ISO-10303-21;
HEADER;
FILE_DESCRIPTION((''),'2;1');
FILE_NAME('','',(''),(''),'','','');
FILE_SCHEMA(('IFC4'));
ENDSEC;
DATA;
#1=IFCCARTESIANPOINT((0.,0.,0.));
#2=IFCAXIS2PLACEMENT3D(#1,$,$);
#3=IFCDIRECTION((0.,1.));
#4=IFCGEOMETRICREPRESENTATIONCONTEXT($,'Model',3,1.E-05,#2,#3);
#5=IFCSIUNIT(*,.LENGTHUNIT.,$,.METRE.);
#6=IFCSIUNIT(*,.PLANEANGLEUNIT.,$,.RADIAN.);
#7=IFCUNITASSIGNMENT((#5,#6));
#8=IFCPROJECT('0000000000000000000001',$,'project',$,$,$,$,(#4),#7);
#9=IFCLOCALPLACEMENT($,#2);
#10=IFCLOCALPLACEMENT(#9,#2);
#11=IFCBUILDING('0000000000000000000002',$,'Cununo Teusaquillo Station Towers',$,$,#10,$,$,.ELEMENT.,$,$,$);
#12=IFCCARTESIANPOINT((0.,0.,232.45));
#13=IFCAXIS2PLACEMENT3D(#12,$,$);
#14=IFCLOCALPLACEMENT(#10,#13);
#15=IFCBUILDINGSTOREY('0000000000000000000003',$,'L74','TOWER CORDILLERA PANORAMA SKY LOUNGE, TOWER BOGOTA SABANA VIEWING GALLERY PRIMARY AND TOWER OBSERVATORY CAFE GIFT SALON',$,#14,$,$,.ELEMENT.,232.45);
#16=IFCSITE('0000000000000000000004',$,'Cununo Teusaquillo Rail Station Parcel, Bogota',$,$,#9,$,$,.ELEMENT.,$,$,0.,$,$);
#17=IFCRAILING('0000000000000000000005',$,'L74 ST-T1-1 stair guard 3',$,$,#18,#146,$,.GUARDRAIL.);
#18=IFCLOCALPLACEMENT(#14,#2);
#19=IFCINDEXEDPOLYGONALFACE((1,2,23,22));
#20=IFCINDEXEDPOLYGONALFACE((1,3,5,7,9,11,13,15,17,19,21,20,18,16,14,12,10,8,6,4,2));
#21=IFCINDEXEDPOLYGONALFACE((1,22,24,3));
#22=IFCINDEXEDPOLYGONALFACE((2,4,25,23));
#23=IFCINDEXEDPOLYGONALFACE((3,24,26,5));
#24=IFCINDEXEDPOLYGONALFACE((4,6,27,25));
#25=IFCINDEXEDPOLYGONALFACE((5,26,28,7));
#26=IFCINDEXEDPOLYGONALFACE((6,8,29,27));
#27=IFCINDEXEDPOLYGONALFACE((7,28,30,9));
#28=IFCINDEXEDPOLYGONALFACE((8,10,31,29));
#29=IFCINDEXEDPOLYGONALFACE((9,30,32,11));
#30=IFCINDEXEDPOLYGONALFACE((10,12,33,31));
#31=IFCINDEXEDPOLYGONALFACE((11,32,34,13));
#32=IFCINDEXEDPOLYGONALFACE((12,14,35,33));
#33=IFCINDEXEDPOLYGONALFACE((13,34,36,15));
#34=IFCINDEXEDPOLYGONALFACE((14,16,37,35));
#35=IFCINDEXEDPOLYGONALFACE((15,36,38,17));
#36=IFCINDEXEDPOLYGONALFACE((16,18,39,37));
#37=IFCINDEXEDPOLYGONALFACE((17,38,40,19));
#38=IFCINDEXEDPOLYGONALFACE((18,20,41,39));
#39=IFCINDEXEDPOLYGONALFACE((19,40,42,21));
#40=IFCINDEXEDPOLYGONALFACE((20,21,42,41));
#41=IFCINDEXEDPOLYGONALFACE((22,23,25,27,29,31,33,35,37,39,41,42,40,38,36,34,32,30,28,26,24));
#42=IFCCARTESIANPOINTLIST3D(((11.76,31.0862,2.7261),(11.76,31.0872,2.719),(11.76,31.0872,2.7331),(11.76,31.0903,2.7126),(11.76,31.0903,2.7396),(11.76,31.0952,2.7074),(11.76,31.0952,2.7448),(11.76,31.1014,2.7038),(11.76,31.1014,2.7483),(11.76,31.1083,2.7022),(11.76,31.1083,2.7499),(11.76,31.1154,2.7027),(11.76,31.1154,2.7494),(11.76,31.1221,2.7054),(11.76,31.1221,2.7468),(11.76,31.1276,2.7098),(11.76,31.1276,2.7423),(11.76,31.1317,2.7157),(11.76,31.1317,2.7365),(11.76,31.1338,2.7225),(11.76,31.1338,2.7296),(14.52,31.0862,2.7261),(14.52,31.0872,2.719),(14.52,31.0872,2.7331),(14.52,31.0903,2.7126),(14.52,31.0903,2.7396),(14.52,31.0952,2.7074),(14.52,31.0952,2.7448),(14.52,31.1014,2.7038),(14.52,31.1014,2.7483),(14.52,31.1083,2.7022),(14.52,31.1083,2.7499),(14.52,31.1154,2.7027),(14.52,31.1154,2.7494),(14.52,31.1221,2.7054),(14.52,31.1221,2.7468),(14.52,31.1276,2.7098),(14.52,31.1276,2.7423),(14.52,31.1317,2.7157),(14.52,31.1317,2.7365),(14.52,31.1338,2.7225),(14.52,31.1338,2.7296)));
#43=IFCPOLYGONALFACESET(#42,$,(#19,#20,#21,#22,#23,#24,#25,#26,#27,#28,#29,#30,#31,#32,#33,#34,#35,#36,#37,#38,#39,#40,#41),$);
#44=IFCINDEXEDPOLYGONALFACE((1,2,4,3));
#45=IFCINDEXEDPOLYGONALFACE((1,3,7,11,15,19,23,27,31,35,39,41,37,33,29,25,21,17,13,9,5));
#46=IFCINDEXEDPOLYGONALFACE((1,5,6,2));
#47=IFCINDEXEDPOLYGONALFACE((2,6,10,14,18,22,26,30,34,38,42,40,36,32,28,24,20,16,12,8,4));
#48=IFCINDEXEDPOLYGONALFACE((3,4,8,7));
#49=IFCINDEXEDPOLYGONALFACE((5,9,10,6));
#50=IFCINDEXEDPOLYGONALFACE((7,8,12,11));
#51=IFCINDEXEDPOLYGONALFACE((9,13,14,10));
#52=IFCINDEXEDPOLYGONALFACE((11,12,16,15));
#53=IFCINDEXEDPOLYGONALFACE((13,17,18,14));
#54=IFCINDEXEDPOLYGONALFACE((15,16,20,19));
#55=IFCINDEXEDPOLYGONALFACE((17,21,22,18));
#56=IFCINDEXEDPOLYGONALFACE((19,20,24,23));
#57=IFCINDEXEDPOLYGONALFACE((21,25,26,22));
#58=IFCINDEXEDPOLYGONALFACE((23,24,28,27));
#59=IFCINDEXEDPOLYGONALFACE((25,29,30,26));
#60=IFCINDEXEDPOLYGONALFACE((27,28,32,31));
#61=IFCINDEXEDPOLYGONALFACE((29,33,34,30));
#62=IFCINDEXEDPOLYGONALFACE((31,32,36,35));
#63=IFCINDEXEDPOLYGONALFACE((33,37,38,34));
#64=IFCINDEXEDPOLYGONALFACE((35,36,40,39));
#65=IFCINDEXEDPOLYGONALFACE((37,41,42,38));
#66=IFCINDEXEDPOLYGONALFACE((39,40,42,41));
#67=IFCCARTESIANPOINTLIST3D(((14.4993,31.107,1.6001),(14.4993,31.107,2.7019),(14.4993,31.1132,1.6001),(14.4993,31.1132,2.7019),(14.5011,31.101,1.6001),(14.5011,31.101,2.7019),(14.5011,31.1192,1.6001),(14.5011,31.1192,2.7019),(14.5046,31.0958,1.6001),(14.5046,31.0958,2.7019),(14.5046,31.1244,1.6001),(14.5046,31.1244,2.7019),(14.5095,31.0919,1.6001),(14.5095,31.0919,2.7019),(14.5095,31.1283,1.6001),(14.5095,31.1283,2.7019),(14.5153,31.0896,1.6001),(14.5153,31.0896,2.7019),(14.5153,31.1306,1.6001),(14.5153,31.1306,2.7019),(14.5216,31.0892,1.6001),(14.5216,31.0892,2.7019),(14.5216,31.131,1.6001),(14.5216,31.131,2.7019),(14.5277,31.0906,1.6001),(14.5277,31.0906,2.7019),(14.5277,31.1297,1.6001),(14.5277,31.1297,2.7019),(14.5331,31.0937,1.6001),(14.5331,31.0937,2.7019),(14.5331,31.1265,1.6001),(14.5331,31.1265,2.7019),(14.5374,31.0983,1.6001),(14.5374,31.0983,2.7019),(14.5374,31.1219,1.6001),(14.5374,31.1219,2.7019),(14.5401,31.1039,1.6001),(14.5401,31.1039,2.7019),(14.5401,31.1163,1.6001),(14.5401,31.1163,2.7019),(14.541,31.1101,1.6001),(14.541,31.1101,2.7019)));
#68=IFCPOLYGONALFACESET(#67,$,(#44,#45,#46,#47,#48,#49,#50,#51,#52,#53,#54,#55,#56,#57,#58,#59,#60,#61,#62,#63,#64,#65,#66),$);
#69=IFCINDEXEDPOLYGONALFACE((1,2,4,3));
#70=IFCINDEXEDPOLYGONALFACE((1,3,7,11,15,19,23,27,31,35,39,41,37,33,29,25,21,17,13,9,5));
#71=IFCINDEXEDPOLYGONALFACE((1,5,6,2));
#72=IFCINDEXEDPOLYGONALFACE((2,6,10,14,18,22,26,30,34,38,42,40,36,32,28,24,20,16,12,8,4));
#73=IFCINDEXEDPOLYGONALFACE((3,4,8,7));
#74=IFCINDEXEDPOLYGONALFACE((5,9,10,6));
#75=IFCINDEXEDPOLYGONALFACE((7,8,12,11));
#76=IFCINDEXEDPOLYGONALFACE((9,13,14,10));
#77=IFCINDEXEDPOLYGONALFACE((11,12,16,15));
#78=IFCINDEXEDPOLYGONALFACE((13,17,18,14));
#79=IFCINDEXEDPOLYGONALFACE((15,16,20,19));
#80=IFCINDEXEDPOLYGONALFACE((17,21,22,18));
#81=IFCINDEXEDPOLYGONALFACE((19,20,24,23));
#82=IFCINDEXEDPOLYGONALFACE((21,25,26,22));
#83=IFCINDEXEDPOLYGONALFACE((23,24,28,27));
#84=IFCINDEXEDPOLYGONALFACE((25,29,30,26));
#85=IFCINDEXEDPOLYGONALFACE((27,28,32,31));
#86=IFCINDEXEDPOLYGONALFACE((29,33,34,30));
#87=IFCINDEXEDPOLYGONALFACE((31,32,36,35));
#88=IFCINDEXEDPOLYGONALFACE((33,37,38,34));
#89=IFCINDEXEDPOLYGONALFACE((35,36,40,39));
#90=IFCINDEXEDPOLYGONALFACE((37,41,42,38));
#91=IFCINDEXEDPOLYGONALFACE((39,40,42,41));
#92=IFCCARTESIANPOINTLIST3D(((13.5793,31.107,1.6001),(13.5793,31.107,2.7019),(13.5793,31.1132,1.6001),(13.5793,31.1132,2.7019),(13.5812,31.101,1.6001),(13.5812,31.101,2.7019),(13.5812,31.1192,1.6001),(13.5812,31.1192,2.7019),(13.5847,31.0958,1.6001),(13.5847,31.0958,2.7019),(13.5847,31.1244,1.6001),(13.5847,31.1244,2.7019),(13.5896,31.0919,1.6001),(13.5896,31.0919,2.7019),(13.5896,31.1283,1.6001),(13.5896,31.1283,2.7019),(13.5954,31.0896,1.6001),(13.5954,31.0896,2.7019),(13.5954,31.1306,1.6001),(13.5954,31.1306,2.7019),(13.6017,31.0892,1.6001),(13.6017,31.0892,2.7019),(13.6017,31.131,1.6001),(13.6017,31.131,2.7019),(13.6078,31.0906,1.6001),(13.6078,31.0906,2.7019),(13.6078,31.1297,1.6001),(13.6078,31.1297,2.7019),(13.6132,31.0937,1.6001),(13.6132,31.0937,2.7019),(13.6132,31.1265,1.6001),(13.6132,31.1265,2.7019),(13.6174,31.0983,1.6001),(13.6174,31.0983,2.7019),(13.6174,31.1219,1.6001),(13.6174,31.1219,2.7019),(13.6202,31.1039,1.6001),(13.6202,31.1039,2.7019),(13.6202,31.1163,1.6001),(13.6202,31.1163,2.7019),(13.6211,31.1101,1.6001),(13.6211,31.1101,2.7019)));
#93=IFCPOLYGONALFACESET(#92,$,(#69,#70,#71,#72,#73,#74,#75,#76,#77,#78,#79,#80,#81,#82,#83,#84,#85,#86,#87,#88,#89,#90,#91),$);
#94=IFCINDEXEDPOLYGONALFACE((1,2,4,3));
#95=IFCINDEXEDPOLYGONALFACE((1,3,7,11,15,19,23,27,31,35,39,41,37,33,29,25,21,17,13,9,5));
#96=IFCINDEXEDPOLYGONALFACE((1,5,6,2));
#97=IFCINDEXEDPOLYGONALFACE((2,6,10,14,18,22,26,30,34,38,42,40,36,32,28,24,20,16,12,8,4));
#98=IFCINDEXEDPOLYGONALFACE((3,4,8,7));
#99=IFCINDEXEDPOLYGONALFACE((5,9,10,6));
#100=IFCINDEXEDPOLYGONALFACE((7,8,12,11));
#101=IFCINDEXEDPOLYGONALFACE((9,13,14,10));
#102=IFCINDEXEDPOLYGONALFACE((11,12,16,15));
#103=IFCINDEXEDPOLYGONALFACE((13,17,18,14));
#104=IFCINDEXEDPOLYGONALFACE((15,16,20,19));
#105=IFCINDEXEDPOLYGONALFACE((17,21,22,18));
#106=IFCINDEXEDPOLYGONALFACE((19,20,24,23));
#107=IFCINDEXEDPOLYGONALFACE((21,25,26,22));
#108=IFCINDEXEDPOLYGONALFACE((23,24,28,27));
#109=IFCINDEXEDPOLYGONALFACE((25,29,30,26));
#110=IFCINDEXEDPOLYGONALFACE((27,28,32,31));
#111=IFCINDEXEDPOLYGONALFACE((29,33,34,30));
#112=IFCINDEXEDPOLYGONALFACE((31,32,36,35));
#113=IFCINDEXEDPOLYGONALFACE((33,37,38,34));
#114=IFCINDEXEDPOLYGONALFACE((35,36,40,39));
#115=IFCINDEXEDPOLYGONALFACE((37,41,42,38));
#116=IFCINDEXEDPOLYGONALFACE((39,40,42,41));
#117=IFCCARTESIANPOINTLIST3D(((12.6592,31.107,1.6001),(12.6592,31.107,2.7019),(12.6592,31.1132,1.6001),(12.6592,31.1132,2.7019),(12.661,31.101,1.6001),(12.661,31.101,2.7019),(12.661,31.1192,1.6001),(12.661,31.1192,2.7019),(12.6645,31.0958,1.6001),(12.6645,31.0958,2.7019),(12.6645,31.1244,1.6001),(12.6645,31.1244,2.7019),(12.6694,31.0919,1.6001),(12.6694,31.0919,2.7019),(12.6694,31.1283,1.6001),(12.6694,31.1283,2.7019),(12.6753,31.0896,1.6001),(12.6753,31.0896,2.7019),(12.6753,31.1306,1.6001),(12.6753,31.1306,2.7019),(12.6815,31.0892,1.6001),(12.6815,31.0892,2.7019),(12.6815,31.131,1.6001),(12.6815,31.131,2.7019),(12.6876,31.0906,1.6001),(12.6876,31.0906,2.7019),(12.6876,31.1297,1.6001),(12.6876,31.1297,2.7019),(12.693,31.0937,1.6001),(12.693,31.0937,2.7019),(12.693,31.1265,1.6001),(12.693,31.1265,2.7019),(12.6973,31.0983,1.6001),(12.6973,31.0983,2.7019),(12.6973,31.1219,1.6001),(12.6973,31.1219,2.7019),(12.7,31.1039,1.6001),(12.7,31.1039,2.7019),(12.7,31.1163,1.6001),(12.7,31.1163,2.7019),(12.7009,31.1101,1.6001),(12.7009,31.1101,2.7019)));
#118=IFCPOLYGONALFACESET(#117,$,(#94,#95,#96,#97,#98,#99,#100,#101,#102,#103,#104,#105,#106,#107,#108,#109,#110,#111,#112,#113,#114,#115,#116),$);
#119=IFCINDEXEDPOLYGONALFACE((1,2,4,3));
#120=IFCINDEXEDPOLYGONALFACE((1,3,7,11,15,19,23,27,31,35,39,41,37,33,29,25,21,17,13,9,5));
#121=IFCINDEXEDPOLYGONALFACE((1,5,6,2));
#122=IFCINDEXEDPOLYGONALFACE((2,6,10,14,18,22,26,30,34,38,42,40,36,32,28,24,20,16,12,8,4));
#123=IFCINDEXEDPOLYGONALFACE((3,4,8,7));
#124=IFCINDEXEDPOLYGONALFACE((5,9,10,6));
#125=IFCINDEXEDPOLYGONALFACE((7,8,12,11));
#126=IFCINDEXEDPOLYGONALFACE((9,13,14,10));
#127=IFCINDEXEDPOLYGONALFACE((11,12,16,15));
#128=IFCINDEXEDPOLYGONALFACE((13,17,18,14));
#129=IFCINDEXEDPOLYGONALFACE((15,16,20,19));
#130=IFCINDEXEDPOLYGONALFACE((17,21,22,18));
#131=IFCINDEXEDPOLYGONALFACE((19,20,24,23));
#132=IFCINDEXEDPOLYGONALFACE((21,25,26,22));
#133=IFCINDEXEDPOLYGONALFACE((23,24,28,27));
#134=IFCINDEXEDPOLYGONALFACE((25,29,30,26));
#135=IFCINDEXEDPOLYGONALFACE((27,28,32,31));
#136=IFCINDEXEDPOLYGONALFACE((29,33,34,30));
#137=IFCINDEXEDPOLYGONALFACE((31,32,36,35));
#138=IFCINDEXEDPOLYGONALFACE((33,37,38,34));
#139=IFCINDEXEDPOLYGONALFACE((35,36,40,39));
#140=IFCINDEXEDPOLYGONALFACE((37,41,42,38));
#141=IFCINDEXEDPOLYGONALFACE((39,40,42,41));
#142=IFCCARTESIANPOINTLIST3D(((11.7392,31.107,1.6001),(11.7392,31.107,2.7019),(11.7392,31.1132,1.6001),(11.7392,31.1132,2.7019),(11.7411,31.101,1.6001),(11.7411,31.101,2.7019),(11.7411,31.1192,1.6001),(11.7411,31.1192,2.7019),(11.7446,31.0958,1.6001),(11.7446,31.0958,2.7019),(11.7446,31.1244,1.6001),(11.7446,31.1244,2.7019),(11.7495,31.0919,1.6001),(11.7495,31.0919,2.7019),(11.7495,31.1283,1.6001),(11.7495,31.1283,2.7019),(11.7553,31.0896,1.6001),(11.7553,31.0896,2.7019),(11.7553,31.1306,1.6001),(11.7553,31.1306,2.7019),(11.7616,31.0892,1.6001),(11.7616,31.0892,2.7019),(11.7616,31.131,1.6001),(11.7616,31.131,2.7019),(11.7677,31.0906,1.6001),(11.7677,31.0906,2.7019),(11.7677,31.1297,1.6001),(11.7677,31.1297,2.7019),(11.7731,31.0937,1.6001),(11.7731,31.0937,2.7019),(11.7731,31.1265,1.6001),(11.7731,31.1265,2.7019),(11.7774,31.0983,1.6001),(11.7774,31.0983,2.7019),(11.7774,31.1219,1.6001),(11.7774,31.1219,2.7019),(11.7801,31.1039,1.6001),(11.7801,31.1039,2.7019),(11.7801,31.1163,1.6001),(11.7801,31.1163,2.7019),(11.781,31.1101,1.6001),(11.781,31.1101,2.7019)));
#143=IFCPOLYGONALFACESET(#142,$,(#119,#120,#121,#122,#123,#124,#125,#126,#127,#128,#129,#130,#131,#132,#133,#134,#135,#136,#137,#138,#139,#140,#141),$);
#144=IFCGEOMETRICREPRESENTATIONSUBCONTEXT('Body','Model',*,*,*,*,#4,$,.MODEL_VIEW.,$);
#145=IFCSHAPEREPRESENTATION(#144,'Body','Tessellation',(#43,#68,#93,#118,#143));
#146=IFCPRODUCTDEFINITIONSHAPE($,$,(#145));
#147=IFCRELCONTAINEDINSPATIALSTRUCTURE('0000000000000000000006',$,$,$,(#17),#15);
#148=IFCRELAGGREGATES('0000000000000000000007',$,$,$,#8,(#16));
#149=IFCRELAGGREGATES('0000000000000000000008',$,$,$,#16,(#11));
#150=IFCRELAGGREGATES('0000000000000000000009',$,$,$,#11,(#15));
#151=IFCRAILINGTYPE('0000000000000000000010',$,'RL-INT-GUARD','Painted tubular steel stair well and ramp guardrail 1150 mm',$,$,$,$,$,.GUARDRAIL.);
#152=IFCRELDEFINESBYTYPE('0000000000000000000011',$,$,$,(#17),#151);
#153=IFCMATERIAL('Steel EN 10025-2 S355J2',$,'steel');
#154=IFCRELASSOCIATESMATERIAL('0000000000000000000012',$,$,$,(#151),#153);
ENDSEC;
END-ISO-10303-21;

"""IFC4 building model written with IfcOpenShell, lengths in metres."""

from ifc_helpers import new_model, si_unit, direction, frame, origin, origin_2d, place, context, subcontext, project, spatial, circle, extrude, material, type_object, element, save


model = new_model("IFC4")

# Units and contexts
model_context = context("Model", 3, precision=1e-05, world=origin(), true_north=direction((0.0, 1.0)))
body_context = subcontext(model_context, "Body", "Model", "MODEL_VIEW")
ifc_project = project(units=[si_unit("LENGTHUNIT", "METRE"), si_unit("PLANEANGLEUNIT", "RADIAN")], contexts=[model_context])

# Site, building, storey
site_placement = place(None, origin())
site = spatial("IfcSite", under=ifc_project, at=site_placement, Name="Cununo Teusaquillo Rail Station Parcel, Bogota", CompositionType="ELEMENT", RefElevation=0.0)
building_placement = place(site_placement, origin())
building = spatial("IfcBuilding", under=site, at=building_placement, Name="Cununo Teusaquillo Station Towers", CompositionType="ELEMENT")
storey_placement = place(building_placement, frame((0.0, 0.0, 232.45)))
storey = spatial("IfcBuildingStorey", under=building, at=storey_placement, Name="L74", Description="TOWER CORDILLERA PANORAMA SKY LOUNGE, TOWER BOGOTA SABANA VIEWING GALLERY PRIMARY AND TOWER OBSERVATORY CAFE GIFT SALON", CompositionType="ELEMENT", Elevation=232.45)

# Railing
ifc_material_1 = material(Name="Steel EN 10025-2 S355J2", Category="steel")
railing_type_1 = type_object("IfcRailingType", Name="RL-INT-GUARD", Description="Painted tubular steel stair well and ramp guardrail 1150 mm", PredefinedType="GUARDRAIL", material=ifc_material_1)
railing_1_placement = place(storey_placement, frame((14.52, 31.1101, 1.6001)))
element("IfcRailing", 1, at=railing_1_placement, inside=storey, type_object=railing_type_1, Name="L74 ST-T1-1 stair guard 3", PredefinedType="GUARDRAIL", context=body_context, shape_type="SweptSolid", body=[
    extrude(circle(Radius=0.0239, at=origin_2d()), frame((0.0, 0.0, 1.126), z_axis=(-1.0, 0.0, 0.0), x_axis=(0.0, -1.0, 0.0)), (0.0, 0.0, 1.0), 2.76),
    extrude(circle(Radius=0.021, at=origin_2d()), origin(), (0.0, 0.0, 1.0), 1.1018),
    extrude(circle(Radius=0.021, at=origin_2d()), frame((-0.9199, 0.0, 0.0)), (0.0, 0.0, 1.0), 1.1018),
    extrude(circle(Radius=0.021, at=origin_2d()), frame((-1.8401, 0.0, 0.0)), (0.0, 0.0, 1.0), 1.1018),
    extrude(circle(Radius=0.021, at=origin_2d()), frame((-2.76, 0.0, 0.0)), (0.0, 0.0, 1.0), 1.1018),
])

save(model, "model.ifc")
